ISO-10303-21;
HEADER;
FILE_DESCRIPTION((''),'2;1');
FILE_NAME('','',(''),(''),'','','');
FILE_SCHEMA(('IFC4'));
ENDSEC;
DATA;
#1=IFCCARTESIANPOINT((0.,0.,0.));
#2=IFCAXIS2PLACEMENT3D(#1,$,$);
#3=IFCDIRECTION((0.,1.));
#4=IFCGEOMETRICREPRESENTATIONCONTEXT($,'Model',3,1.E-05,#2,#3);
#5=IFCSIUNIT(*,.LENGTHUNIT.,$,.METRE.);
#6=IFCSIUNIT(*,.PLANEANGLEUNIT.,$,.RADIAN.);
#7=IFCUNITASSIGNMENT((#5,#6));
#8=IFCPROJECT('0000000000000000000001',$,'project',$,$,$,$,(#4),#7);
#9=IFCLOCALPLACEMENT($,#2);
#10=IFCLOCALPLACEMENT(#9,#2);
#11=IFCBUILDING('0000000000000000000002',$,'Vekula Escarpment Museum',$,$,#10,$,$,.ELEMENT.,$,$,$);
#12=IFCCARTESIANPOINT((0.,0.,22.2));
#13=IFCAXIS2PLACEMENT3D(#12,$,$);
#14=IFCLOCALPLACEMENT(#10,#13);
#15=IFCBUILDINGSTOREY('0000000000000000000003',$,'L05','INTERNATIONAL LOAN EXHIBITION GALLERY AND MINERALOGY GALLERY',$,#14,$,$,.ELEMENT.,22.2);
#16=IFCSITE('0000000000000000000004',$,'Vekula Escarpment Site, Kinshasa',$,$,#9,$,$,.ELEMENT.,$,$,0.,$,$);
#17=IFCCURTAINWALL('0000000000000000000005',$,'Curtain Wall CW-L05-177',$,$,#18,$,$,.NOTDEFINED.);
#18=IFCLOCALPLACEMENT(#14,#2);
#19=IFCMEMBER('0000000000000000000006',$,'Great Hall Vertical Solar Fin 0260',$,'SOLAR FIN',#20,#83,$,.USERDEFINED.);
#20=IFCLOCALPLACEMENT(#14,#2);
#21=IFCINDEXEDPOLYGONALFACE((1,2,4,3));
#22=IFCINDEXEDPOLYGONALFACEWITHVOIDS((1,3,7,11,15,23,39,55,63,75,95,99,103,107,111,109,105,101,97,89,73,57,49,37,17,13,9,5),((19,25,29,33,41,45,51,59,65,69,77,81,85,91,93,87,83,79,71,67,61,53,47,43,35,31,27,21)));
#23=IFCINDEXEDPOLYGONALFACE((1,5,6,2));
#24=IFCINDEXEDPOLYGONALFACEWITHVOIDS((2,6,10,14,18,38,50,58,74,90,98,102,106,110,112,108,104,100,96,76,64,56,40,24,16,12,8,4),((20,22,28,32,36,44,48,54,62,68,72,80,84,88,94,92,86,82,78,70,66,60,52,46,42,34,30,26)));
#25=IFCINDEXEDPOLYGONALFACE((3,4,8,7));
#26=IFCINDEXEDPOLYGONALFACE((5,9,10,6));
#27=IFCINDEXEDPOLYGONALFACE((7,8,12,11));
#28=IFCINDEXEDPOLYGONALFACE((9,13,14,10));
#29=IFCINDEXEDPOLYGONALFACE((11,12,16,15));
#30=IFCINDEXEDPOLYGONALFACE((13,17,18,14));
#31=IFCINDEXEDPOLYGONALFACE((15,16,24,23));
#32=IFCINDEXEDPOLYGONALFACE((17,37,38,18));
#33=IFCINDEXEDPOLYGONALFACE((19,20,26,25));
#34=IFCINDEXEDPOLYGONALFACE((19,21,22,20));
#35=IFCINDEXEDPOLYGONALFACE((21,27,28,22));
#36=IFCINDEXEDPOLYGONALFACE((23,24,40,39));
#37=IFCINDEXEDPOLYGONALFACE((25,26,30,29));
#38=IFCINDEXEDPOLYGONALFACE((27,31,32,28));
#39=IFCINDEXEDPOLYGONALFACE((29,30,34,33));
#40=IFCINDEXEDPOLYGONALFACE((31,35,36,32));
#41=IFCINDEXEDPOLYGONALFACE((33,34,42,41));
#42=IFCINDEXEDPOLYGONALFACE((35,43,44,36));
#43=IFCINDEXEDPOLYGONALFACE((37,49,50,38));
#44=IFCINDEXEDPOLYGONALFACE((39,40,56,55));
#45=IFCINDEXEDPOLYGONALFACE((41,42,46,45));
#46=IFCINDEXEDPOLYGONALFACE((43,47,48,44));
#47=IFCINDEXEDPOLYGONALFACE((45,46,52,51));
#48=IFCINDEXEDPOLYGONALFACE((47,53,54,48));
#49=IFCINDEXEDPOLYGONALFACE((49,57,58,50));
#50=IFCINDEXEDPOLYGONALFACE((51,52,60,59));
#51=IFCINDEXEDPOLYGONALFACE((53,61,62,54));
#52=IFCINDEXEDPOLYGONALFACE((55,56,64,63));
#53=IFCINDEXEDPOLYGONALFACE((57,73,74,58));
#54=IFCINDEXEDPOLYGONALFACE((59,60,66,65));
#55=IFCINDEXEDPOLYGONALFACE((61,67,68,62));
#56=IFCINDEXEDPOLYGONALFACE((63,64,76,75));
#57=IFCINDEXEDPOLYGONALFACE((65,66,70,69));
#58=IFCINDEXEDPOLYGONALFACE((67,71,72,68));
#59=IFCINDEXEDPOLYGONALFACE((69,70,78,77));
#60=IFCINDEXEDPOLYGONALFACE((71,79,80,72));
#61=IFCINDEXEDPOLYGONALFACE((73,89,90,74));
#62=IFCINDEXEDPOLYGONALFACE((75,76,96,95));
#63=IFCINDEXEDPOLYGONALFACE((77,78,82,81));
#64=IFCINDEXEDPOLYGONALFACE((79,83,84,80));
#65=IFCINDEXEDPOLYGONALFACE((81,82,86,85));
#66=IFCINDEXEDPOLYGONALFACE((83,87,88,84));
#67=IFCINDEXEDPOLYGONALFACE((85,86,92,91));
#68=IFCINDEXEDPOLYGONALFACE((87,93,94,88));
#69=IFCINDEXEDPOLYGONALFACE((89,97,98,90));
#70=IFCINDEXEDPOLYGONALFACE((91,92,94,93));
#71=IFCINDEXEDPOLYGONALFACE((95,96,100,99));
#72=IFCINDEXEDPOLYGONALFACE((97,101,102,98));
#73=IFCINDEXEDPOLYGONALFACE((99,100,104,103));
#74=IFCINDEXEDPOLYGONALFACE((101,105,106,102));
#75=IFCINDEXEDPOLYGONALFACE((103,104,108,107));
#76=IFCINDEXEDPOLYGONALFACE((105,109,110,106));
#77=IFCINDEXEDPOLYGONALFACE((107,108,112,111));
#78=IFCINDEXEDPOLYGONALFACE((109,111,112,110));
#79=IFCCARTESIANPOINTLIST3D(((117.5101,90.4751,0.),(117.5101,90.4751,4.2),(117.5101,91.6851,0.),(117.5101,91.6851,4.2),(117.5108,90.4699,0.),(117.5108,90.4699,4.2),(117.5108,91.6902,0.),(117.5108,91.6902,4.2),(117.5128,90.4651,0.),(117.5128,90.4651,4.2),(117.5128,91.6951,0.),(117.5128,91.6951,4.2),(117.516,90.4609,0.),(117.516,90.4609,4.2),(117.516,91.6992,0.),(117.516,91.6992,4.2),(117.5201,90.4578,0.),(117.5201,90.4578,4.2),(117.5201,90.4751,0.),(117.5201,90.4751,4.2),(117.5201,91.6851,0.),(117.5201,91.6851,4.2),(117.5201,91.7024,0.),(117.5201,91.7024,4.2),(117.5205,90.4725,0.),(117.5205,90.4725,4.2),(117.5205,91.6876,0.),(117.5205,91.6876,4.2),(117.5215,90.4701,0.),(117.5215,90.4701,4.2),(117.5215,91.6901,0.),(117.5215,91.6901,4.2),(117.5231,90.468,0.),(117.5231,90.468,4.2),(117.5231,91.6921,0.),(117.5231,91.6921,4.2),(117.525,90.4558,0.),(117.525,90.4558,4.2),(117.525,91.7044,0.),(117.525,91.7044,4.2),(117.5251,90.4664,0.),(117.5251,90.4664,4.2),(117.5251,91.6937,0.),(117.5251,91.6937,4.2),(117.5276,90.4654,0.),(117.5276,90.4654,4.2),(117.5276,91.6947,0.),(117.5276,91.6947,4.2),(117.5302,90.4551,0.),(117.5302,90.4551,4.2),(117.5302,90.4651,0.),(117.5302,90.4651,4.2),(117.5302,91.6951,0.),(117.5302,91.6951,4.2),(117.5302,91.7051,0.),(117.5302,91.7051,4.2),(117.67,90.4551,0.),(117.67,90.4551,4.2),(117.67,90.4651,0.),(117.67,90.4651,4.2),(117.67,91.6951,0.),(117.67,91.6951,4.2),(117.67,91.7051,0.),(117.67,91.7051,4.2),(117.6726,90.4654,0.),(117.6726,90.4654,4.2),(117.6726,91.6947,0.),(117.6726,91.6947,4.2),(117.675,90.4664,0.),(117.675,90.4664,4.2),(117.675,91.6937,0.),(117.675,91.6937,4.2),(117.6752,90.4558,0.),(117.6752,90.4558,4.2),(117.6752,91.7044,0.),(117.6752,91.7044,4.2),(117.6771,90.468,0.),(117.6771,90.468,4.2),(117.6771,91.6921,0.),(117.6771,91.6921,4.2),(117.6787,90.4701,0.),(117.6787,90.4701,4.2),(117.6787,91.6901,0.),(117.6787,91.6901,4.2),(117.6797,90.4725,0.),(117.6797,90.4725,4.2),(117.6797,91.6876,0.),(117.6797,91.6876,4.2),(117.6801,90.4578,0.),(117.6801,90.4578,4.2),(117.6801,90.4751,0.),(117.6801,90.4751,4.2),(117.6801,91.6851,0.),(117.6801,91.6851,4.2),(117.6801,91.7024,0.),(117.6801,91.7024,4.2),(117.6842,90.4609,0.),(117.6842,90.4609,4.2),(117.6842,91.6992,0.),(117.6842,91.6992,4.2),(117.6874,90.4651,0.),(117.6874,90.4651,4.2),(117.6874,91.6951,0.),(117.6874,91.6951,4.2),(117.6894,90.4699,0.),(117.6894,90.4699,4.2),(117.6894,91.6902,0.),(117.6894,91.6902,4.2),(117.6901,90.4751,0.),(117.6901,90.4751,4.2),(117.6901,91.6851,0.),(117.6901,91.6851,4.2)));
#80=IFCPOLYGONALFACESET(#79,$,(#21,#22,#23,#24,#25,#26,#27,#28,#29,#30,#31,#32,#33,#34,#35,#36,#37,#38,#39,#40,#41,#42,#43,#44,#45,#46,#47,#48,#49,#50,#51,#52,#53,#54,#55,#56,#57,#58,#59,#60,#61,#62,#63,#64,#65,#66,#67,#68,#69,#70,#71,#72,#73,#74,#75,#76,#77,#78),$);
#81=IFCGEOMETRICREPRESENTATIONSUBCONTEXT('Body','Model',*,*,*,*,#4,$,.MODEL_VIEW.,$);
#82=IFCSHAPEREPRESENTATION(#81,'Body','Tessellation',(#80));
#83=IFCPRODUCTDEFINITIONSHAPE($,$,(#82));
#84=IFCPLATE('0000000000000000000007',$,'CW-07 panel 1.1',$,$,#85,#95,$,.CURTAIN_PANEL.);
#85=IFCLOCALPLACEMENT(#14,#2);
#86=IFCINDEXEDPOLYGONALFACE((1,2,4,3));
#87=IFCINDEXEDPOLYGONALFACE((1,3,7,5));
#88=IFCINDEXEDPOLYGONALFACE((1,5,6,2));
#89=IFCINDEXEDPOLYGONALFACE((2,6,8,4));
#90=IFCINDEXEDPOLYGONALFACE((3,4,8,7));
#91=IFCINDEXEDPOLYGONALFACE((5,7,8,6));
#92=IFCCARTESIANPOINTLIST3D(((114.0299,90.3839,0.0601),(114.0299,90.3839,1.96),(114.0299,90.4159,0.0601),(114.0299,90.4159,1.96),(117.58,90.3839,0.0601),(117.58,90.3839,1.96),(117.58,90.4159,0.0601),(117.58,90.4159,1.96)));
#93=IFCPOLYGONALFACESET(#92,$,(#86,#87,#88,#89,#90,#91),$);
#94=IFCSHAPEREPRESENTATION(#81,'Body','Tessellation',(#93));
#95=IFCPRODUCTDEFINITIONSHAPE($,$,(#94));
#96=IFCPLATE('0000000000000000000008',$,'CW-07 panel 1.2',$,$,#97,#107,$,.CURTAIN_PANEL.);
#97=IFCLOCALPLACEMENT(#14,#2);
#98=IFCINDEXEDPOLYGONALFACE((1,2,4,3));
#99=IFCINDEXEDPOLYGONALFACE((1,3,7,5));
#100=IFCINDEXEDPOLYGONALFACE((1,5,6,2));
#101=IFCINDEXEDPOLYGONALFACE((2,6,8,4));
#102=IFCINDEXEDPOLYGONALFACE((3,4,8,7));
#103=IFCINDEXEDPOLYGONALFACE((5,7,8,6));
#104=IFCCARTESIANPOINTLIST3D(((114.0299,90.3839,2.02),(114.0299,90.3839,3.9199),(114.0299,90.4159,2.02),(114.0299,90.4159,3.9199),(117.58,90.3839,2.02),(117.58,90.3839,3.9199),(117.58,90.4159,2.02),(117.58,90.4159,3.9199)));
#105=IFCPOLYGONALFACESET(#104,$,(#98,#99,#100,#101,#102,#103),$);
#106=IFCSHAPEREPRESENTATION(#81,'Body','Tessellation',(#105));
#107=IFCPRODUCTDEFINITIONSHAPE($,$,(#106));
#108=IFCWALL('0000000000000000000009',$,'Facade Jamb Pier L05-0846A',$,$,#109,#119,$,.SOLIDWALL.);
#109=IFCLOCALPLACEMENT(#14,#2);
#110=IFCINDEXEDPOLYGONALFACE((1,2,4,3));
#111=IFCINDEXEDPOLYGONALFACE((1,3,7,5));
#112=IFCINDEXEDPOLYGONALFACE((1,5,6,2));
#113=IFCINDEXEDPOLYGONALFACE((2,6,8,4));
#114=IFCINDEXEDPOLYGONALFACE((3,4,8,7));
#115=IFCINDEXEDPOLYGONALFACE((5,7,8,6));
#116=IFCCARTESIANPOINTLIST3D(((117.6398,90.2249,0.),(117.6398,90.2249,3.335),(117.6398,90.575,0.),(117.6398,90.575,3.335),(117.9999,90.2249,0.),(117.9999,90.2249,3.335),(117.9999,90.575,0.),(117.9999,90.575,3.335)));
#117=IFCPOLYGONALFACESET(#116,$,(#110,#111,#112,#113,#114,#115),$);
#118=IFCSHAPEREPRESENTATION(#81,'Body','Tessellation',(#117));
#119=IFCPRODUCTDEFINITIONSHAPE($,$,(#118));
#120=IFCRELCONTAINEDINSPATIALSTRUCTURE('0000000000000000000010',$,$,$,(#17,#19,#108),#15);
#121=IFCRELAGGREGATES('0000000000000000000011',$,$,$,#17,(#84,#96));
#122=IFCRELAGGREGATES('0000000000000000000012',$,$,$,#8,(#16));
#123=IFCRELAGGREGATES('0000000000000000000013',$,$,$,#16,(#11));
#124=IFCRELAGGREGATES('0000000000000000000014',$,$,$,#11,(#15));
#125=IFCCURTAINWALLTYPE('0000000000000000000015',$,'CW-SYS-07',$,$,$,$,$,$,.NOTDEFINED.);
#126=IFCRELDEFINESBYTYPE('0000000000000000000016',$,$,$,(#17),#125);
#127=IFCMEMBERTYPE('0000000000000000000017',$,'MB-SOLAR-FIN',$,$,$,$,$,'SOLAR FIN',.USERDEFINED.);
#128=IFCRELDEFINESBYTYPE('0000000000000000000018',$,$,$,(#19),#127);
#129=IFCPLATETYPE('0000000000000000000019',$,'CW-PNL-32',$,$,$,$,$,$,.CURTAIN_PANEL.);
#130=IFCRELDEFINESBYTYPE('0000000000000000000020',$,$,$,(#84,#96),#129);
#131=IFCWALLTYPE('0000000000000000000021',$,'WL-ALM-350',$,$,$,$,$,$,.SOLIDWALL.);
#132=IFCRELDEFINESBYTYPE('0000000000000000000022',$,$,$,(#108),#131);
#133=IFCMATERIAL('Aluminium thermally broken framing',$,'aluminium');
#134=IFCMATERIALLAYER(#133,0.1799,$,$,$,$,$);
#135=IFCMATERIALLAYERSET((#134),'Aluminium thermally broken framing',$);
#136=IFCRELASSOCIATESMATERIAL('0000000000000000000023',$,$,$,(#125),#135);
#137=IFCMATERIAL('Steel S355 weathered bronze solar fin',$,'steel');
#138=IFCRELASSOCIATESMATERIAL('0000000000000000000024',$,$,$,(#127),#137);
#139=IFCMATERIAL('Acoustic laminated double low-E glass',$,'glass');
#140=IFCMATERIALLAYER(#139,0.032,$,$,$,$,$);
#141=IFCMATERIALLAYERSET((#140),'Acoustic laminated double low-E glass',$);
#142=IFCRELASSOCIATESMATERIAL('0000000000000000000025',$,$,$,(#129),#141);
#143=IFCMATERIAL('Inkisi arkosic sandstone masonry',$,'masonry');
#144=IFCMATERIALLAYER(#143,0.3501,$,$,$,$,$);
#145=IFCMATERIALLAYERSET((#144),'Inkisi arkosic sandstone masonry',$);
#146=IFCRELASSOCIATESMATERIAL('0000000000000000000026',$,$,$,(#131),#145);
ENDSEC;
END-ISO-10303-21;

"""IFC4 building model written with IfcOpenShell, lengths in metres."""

from ifc_helpers import new_model, si_unit, direction, frame, frame_2d, origin, origin_2d, place, context, subcontext, project, spatial, rectangle, hollow_rectangle, extrude, material, layer, layer_set, material_profile, profile_set, type_object, element, aggregate, save


model = new_model("IFC4")

# Units and contexts
model_context = context("Model", 3, precision=1e-05, world=origin(), true_north=direction((0.0, 1.0)))
body_context = subcontext(model_context, "Body", "Model", "MODEL_VIEW")
ifc_project = project(units=[si_unit("LENGTHUNIT", "METRE"), si_unit("PLANEANGLEUNIT", "RADIAN")], contexts=[model_context])

# Site, building, storey
site_placement = place(None, origin())
site = spatial("IfcSite", under=ifc_project, at=site_placement, Name="Vekula Escarpment Site, Kinshasa", CompositionType="ELEMENT", RefElevation=0.0)
building_placement = place(site_placement, origin())
building = spatial("IfcBuilding", under=site, at=building_placement, Name="Vekula Escarpment Museum", CompositionType="ELEMENT")
storey_placement = place(building_placement, frame((0.0, 0.0, 22.2)))
storey = spatial("IfcBuildingStorey", under=building, at=storey_placement, Name="L05", Description="INTERNATIONAL LOAN EXHIBITION GALLERY AND MINERALOGY GALLERY", CompositionType="ELEMENT", Elevation=22.2)

# Curtain wall
ifc_material_1 = material(Name="Aluminium thermally broken framing", Category="aluminium")
ifc_layer_1 = layer(ifc_material_1, 0.1799)
ifc_layer_set_1 = layer_set([ifc_layer_1], Name="Aluminium thermally broken framing")
curtain_wall_type = type_object("IfcCurtainWallType", Name="CW-SYS-07", PredefinedType="NOTDEFINED", material=ifc_layer_set_1)
curtain_wall_placement = place(storey_placement, origin())
curtain_wall = element("IfcCurtainWall", 1, at=curtain_wall_placement, inside=storey, type_object=curtain_wall_type, Name="Curtain Wall CW-L05-177", PredefinedType="NOTDEFINED")

# Member
ifc_material_2 = material(Name="Steel S355 weathered bronze solar fin", Category="steel")
ifc_material_profile_1 = material_profile(ifc_material_2, hollow_rectangle(XDim=0.1799, YDim=1.25, WallThickness=0.01, InnerFilletRadius=0.01, OuterFilletRadius=0.02, at=origin_2d()), Name="RHS 1250x180x10")
ifc_profile_set_1 = profile_set([ifc_material_profile_1], Name="Steel S355 weathered bronze solar fin")
member_type_1 = type_object("IfcMemberType", Name="MB-SOLAR-FIN", ElementType="SOLAR FIN", PredefinedType="USERDEFINED", material=ifc_profile_set_1)
for number, where, z_axis, x_axis, name in (
    (2, (117.6001, 91.0801, 0.0), (0.0, 0.0, 1.0), (1.0, 0.0, 0.0), "Great Hall Vertical Solar Fin 0260"),
):
    element("IfcMember", number, at=place(storey_placement, frame(where, z_axis=z_axis, x_axis=x_axis)), inside=storey, type_object=member_type_1, Name=name, ObjectType="SOLAR FIN", PredefinedType="USERDEFINED", context=body_context, shape_type="SweptSolid", body=[
        extrude(hollow_rectangle(XDim=0.1799, YDim=1.25, WallThickness=0.01, InnerFilletRadius=0.01, OuterFilletRadius=0.02, at=origin_2d()), origin(), (0.0, 0.0, 1.0), 4.2),
    ])

# Plates
ifc_material_3 = material(Name="Acoustic laminated double low-E glass", Category="glass")
ifc_layer_2 = layer(ifc_material_3, 0.032)
ifc_layer_set_2 = layer_set([ifc_layer_2], Name="Acoustic laminated double low-E glass")
plate_type = type_object("IfcPlateType", Name="CW-PNL-32", PredefinedType="CURTAIN_PANEL", material=ifc_layer_set_2)
plate_1_placement = place(storey_placement, frame((115.8049, 90.3999, 0.0601), z_axis=(0.0, 0.0, 1.0), x_axis=(-1.0, 0.0, 0.0)))
plate_1 = element("IfcPlate", 3, at=plate_1_placement, type_object=plate_type, Name="CW-07 panel 1.1", PredefinedType="CURTAIN_PANEL", context=body_context, shape_type="SweptSolid", body=[
    extrude(rectangle(XDim=3.55, YDim=0.032, at=origin_2d()), origin(), (0.0, 0.0, 1.0), 1.8999),
])
plate_2_placement = place(storey_placement, frame((115.8049, 90.3999, 2.02), z_axis=(0.0, 0.0, 1.0), x_axis=(-1.0, 0.0, 0.0)))
plate_2 = element("IfcPlate", 4, at=plate_2_placement, type_object=plate_type, Name="CW-07 panel 1.2", PredefinedType="CURTAIN_PANEL", context=body_context, shape_type="SweptSolid", body=[
    extrude(rectangle(XDim=3.55, YDim=0.032, at=origin_2d()), origin(), (0.0, 0.0, 1.0), 1.8999),
])
aggregate(curtain_wall, [plate_1, plate_2])

# Wall
ifc_material_4 = material(Name="Inkisi arkosic sandstone masonry", Category="masonry")
ifc_layer_3 = layer(ifc_material_4, 0.3501)
ifc_layer_set_3 = layer_set([ifc_layer_3], Name="Inkisi arkosic sandstone masonry")
wall_type = type_object("IfcWallType", Name="WL-ALM-350", PredefinedType="SOLIDWALL", material=ifc_layer_set_3)
wall_placement = place(storey_placement, frame((118.0, 90.3999, 0.0), z_axis=(0.0, 0.0, 1.0), x_axis=(-1.0, 0.0, 0.0)))
element("IfcWall", 5, at=wall_placement, inside=storey, type_object=wall_type, Name="Facade Jamb Pier L05-0846A", PredefinedType="SOLIDWALL", context=body_context, shape_type="SweptSolid", body=[
    extrude(rectangle(XDim=0.3601, YDim=0.3501, at=frame_2d((0.1802, 0.0))), origin(), (0.0, 0.0, 1.0), 3.335),
])

save(model, "model.ifc")
